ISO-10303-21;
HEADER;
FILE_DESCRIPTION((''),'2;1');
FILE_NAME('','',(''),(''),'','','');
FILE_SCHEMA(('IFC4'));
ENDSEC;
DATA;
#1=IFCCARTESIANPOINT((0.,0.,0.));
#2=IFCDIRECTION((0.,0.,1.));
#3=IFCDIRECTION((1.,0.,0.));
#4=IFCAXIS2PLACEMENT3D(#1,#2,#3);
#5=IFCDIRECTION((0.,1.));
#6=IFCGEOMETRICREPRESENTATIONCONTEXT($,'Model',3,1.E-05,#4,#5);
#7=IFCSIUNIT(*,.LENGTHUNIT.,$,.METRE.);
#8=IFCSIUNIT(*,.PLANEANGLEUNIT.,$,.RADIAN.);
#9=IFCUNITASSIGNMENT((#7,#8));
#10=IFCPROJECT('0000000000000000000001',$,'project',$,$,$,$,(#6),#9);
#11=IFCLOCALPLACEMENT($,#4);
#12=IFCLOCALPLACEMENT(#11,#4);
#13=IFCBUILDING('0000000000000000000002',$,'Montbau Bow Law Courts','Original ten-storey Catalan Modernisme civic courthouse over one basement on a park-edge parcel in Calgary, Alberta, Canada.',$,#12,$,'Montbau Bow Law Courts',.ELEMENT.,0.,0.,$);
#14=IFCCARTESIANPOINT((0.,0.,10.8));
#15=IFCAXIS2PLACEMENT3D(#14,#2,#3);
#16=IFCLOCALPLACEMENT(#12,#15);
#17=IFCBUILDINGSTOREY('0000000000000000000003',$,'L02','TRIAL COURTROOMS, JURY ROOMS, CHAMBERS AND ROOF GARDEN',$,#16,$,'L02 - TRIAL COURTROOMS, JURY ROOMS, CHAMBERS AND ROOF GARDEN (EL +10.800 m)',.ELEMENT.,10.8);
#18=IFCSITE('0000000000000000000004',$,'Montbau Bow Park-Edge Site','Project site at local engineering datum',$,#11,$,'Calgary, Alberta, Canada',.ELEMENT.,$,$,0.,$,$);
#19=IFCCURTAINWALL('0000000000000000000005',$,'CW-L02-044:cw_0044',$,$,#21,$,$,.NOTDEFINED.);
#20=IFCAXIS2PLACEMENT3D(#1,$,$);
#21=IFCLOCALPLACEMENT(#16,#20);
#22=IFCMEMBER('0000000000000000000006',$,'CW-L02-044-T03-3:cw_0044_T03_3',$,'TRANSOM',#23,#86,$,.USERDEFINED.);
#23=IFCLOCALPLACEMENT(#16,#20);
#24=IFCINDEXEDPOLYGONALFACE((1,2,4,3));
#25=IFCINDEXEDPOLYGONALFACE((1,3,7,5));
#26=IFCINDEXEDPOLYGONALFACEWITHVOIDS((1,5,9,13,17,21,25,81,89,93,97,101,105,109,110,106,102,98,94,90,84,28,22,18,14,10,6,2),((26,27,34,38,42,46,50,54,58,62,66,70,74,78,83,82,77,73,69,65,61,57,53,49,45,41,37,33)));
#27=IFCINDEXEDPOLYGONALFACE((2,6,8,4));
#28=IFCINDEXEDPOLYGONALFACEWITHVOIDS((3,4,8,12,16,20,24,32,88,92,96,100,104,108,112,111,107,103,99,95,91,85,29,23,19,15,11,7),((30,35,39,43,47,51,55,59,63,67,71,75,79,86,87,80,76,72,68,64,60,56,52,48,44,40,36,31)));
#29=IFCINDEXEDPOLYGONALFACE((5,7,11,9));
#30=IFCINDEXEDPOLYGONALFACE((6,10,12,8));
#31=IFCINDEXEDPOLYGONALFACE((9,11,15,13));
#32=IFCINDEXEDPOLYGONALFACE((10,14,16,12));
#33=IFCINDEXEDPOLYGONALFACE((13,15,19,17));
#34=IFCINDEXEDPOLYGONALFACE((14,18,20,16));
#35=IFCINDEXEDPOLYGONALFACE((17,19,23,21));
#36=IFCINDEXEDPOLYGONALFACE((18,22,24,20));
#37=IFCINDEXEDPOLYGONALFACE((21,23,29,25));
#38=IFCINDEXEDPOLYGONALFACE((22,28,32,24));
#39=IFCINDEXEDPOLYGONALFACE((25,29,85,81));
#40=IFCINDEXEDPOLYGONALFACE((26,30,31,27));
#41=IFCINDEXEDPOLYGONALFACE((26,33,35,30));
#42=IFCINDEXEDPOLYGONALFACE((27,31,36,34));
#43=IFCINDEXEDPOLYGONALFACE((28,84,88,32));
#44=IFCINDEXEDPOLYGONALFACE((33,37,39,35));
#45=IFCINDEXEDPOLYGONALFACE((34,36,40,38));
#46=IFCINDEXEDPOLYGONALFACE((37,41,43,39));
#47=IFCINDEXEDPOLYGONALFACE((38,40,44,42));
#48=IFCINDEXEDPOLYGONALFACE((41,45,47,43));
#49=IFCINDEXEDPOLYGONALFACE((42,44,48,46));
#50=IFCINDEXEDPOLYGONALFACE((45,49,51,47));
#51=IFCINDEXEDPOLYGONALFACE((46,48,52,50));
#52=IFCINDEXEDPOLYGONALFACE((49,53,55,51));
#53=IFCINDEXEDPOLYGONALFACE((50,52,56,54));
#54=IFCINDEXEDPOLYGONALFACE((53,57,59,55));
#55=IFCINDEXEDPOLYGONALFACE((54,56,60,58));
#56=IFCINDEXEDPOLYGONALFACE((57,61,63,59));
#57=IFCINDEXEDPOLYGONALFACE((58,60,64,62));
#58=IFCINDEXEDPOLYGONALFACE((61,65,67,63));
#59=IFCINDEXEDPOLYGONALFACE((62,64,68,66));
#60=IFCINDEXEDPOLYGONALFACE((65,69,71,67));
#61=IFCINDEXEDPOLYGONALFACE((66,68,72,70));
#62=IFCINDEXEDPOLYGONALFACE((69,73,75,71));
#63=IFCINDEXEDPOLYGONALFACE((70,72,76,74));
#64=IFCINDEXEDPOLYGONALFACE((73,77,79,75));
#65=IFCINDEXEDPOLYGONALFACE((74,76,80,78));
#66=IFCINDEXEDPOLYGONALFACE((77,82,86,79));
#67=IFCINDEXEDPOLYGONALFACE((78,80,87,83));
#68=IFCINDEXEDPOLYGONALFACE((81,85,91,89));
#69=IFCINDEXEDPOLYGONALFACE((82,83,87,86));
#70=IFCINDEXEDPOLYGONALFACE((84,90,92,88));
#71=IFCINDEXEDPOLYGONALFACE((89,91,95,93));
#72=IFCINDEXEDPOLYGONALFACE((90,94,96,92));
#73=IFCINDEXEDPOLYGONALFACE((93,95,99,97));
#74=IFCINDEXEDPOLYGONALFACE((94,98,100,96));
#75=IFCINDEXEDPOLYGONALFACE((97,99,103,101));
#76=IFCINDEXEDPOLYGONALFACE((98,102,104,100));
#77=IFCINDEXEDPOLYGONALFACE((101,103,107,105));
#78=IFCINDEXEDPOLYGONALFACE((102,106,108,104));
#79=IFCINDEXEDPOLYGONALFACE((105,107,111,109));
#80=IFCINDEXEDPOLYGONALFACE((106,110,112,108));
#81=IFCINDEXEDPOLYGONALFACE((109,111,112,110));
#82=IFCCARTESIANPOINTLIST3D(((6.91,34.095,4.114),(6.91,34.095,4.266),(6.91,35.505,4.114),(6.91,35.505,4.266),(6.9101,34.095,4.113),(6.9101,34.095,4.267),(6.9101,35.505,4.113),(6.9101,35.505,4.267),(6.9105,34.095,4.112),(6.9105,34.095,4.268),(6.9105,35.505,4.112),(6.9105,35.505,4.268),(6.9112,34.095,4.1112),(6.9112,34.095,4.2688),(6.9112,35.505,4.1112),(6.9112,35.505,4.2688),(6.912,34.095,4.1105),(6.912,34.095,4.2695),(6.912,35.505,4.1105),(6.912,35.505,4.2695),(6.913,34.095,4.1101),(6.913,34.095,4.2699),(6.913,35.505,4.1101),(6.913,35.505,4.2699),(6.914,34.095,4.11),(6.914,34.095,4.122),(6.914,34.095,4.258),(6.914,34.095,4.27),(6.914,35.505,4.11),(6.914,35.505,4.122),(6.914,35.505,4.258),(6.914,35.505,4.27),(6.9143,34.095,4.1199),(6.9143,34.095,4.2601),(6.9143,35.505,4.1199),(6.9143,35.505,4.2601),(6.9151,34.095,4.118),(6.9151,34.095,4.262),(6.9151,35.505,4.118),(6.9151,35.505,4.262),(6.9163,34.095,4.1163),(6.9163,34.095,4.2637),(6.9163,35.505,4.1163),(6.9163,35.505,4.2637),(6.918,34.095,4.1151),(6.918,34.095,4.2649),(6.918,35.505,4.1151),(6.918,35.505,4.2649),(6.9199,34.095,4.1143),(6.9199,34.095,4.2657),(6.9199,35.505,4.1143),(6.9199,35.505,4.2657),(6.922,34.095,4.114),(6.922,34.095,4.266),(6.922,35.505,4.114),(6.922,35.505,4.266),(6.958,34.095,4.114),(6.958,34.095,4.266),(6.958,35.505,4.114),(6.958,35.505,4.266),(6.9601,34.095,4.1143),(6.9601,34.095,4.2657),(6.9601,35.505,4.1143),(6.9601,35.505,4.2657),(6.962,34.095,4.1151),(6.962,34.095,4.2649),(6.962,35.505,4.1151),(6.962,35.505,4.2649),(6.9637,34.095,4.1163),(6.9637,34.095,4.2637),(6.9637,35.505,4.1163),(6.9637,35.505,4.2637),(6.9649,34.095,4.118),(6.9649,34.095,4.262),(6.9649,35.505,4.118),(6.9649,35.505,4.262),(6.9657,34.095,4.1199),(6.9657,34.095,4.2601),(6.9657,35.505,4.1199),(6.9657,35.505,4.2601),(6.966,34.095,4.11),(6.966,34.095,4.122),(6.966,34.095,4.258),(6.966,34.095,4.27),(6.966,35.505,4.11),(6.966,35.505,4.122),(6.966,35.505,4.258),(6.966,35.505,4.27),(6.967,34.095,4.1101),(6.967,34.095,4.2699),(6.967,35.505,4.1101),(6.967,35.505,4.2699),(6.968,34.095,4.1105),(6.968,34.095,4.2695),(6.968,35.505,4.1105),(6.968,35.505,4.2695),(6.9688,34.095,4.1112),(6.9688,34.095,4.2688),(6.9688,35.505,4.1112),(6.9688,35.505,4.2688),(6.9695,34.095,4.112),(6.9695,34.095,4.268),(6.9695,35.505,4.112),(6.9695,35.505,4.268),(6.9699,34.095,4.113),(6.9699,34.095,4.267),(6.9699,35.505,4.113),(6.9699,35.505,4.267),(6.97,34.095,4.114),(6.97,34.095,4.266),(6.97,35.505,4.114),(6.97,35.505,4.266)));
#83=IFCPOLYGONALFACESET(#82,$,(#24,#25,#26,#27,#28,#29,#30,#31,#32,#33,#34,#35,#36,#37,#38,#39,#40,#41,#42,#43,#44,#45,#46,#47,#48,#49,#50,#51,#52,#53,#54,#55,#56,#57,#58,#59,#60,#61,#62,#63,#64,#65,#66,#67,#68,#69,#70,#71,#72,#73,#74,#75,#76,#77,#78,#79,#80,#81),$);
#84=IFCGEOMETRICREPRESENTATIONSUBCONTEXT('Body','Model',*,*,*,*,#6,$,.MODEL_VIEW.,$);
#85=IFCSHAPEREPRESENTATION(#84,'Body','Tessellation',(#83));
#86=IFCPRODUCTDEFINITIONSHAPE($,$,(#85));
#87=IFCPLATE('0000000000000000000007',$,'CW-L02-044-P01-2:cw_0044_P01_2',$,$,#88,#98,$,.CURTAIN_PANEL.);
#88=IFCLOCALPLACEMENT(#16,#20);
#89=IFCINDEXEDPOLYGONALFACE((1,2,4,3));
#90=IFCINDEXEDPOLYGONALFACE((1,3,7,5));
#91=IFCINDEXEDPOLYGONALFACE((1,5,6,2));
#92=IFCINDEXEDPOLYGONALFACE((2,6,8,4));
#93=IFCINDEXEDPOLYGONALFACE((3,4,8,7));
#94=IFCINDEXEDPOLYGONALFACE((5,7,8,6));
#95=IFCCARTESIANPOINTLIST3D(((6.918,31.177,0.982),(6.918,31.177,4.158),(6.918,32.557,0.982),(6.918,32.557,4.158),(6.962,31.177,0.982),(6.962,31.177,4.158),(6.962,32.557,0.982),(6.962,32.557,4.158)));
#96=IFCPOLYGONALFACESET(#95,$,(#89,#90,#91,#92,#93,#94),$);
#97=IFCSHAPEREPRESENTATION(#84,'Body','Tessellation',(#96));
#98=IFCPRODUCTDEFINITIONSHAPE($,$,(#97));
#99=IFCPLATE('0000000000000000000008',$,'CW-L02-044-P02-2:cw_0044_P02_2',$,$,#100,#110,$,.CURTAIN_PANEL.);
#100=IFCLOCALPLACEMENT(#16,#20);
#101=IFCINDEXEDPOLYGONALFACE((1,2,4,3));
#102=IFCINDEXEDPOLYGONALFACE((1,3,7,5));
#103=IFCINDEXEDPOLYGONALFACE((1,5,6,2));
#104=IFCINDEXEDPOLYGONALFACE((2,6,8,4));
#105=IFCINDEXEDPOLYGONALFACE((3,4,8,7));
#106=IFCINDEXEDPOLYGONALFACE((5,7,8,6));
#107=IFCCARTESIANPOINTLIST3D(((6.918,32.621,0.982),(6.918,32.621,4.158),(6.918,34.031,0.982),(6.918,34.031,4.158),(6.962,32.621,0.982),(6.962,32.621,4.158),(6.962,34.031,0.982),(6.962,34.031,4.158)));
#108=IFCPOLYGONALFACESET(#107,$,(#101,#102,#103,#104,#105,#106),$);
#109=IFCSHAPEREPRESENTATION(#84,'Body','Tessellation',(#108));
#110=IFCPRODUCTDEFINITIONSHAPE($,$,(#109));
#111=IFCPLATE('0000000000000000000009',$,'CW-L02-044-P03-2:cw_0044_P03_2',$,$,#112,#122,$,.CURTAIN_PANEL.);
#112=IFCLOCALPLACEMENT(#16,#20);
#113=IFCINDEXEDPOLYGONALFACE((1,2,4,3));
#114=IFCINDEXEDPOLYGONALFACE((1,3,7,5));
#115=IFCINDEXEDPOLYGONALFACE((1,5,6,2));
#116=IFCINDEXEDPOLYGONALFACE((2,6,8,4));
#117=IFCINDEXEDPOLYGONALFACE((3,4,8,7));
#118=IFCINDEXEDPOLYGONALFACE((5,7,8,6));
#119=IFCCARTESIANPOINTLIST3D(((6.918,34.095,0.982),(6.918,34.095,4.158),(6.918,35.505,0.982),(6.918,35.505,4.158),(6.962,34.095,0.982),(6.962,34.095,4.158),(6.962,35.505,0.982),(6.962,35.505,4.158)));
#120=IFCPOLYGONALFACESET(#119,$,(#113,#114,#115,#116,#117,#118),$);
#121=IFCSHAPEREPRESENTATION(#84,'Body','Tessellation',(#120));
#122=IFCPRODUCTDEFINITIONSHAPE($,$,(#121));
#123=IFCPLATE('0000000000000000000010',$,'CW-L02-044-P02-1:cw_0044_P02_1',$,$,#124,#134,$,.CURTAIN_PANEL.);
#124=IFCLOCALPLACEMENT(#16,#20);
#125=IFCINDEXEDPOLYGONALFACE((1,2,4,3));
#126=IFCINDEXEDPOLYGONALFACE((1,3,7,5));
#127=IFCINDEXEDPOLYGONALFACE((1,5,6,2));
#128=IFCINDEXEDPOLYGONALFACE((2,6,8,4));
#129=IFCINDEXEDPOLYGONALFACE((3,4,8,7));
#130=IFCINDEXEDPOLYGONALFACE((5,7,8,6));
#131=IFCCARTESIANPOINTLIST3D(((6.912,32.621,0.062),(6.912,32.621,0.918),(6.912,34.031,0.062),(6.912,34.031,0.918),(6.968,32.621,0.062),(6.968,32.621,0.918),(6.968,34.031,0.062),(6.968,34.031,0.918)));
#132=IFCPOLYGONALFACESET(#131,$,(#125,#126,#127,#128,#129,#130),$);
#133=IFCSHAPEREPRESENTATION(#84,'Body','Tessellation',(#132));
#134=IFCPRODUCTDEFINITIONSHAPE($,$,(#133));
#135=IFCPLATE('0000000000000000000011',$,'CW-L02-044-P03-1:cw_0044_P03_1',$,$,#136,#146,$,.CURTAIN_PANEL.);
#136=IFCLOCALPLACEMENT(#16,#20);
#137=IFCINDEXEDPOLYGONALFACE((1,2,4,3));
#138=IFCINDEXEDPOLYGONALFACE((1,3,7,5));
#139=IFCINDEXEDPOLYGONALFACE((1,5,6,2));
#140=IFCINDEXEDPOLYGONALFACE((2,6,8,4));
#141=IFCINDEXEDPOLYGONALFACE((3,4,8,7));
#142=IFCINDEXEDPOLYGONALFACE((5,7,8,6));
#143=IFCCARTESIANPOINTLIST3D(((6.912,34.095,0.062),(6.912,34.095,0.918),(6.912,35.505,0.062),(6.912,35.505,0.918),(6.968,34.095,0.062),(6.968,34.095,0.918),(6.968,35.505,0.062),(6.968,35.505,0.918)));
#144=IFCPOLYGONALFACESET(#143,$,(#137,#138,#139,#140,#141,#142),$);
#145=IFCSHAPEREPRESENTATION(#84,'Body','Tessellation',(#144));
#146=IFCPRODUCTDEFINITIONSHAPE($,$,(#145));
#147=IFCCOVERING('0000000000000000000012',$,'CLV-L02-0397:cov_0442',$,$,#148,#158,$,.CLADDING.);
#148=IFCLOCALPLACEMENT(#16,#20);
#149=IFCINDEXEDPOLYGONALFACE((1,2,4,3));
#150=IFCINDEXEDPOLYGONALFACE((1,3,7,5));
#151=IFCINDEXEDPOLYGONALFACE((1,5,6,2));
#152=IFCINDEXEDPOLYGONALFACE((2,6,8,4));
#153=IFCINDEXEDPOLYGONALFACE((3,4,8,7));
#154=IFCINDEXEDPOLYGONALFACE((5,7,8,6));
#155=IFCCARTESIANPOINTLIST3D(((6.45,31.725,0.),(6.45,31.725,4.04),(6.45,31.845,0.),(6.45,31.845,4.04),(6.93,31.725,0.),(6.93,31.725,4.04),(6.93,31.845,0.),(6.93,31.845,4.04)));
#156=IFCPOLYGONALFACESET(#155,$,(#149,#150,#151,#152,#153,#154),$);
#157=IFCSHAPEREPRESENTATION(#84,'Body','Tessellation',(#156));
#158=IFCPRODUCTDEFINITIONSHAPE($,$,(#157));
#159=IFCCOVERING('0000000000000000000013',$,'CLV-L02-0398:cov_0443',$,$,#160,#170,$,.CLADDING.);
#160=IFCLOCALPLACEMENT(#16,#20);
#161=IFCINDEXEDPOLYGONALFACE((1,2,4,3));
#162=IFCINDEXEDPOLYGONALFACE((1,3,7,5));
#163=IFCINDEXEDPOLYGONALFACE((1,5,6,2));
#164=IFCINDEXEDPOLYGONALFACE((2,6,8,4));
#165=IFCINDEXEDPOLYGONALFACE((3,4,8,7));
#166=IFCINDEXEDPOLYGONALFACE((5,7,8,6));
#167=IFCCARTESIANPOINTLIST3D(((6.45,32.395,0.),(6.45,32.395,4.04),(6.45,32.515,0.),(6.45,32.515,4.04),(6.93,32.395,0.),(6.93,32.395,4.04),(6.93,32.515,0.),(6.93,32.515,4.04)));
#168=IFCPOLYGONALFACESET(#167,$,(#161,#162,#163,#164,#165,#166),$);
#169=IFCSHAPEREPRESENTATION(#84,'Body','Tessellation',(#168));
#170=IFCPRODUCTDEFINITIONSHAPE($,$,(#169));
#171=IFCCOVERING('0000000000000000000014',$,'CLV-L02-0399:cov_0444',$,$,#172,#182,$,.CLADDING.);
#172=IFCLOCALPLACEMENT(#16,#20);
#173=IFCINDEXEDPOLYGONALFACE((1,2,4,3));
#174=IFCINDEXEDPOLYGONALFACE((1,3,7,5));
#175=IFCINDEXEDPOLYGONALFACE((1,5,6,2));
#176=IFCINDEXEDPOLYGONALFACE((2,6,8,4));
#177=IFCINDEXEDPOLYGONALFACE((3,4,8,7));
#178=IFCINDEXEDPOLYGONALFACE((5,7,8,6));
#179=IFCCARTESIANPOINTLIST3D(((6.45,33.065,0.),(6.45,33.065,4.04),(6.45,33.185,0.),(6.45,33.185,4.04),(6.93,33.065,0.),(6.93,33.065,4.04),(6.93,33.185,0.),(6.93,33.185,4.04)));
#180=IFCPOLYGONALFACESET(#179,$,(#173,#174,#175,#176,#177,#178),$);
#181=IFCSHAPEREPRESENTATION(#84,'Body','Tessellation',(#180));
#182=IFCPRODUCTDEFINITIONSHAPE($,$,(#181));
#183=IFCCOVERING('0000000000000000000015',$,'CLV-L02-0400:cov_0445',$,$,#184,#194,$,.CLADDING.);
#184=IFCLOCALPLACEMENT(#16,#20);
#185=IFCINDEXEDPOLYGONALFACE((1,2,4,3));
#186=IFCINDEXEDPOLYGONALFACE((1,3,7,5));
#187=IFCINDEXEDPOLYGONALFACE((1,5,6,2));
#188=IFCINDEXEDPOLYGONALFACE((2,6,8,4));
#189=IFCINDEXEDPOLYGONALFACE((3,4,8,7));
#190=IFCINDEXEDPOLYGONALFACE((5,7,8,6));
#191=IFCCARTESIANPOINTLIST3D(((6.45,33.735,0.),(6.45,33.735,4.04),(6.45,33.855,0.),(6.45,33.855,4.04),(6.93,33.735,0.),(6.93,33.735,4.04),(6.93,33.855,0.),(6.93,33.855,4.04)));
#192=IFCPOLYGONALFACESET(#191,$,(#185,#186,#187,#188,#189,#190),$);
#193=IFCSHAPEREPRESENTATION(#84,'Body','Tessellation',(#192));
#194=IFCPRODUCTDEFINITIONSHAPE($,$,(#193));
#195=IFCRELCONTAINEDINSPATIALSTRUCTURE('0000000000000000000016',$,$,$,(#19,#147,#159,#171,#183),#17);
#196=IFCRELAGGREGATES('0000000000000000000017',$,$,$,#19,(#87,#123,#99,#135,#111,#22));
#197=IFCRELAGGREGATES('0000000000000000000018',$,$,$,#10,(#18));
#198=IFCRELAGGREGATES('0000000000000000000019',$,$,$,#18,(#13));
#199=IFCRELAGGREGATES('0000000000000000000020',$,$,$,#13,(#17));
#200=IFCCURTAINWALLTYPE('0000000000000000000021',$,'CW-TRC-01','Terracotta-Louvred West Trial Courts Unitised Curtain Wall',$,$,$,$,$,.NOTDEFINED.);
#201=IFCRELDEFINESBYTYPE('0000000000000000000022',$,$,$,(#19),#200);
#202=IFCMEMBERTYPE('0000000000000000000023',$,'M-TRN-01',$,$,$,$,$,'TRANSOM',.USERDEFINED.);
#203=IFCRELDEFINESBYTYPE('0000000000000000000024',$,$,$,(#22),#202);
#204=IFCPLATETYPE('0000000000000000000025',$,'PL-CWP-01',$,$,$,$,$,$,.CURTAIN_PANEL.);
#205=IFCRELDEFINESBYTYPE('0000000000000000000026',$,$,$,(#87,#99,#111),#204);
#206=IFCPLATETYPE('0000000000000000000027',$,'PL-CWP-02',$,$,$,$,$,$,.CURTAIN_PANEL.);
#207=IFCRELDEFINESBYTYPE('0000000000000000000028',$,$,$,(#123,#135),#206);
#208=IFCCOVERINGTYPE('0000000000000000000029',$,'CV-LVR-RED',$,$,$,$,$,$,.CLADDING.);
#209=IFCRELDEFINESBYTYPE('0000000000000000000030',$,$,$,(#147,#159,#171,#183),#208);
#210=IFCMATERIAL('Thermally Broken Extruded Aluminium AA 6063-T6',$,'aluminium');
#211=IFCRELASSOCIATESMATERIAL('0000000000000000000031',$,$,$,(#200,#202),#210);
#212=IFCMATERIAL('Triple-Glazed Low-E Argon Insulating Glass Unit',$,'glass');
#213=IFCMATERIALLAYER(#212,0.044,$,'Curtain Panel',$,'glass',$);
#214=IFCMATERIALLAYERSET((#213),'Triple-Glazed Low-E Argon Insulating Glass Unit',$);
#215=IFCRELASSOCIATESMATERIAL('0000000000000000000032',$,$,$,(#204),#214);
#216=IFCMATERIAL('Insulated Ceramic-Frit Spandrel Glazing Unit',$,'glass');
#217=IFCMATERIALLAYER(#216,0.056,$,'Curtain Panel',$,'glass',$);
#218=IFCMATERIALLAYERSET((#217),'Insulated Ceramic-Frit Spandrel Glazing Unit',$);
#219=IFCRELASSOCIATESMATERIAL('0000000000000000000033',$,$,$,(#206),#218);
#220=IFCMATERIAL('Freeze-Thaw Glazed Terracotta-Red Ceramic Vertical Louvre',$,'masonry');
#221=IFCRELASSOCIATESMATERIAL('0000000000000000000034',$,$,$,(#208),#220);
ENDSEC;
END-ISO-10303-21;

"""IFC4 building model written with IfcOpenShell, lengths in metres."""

from ifc_helpers import new_model, si_unit, direction, frame, frame_2d, origin_with_axes, origin_2d_with_axis, place, context, subcontext, project, spatial, rectangle, hollow_rectangle, extrude, material, layer, layer_set, material_profile, profile_set, type_object, element, aggregate, save


model = new_model("IFC4")

# Units and contexts
model_context = context("Model", 3, precision=1e-05, world=origin_with_axes(), true_north=direction((0.0, 1.0)))
body_context = subcontext(model_context, "Body", "Model", "MODEL_VIEW")
ifc_project = project(units=[si_unit("LENGTHUNIT", "METRE"), si_unit("PLANEANGLEUNIT", "RADIAN")], contexts=[model_context])

# Site, building, storey
site_placement = place(None, origin_with_axes())
site = spatial("IfcSite", under=ifc_project, at=site_placement, Name="Montbau Bow Park-Edge Site", Description="Project site at local engineering datum", LongName="Calgary, Alberta, Canada", CompositionType="ELEMENT", RefElevation=0.0)
building_placement = place(site_placement, origin_with_axes())
building = spatial("IfcBuilding", under=site, at=building_placement, Name="Montbau Bow Law Courts", Description="Original ten-storey Catalan Modernisme civic courthouse over one basement on a park-edge parcel in Calgary, Alberta, Canada.", LongName="Montbau Bow Law Courts", CompositionType="ELEMENT", ElevationOfRefHeight=0.0, ElevationOfTerrain=0.0)
storey_placement = place(building_placement, frame((0.0, 0.0, 10.8), z_axis=(0.0, 0.0, 1.0), x_axis=(1.0, 0.0, 0.0)))
storey = spatial("IfcBuildingStorey", under=building, at=storey_placement, Name="L02", Description="TRIAL COURTROOMS, JURY ROOMS, CHAMBERS AND ROOF GARDEN", LongName="L02 - TRIAL COURTROOMS, JURY ROOMS, CHAMBERS AND ROOF GARDEN (EL +10.800 m)", CompositionType="ELEMENT", Elevation=10.8)

# Curtain wall, member, plates
ifc_material_1 = material(Name="Thermally Broken Extruded Aluminium AA 6063-T6", Category="aluminium")
curtain_wall_type = type_object("IfcCurtainWallType", Name="CW-TRC-01", Description="Terracotta-Louvred West Trial Courts Unitised Curtain Wall", PredefinedType="NOTDEFINED", material=ifc_material_1)
curtain_wall_placement = place(None, frame((6.94, 31.115, 10.8), z_axis=(0.0, 0.0, 1.0), x_axis=(1.0, 0.0, 0.0)))
curtain_wall = element("IfcCurtainWall", 1, at=curtain_wall_placement, inside=storey, type_object=curtain_wall_type, Name="CW-L02-044:cw_0044", PredefinedType="NOTDEFINED")
ifc_material_profile_1 = material_profile(ifc_material_1, hollow_rectangle(XDim=0.06, YDim=0.16, WallThickness=0.004, InnerFilletRadius=0.008, OuterFilletRadius=0.004, at=origin_2d_with_axis()), Name="CWT-160X60", Category="Main", Priority=0)
ifc_profile_set_1 = profile_set([ifc_material_profile_1], Name="Thermally Broken Extruded Aluminium AA 6063-T6")
member_type_1 = type_object("IfcMemberType", Name="M-TRN-01", ElementType="TRANSOM", PredefinedType="USERDEFINED", material=ifc_profile_set_1)
member_1_placement = place(None, frame((6.94, 34.095, 14.99), z_axis=(0.0, 1.0, 0.0), x_axis=(-1.0, 0.0, 0.0)))
member_1 = element("IfcMember", 2, at=member_1_placement, type_object=member_type_1, Name="CW-L02-044-T03-3:cw_0044_T03_3", ObjectType="TRANSOM", PredefinedType="USERDEFINED", context=body_context, shape_type="SweptSolid", body=[
    extrude(hollow_rectangle(XDim=0.06, YDim=0.16, WallThickness=0.004, InnerFilletRadius=0.008, OuterFilletRadius=0.004, at=origin_2d_with_axis()), origin_with_axes(), (0.0, 0.0, 1.0), 1.41),
])
ifc_material_2 = material(Name="Triple-Glazed Low-E Argon Insulating Glass Unit", Category="glass")
ifc_layer_1 = layer(ifc_material_2, 0.044, Name="Curtain Panel", Category="glass")
ifc_layer_set_1 = layer_set([ifc_layer_1], Name="Triple-Glazed Low-E Argon Insulating Glass Unit")
plate_type_1 = type_object("IfcPlateType", Name="PL-CWP-01", PredefinedType="CURTAIN_PANEL", material=ifc_layer_set_1)
plate_1_placement = place(None, frame((6.94, 31.177, 11.782), z_axis=(1.0, 0.0, 0.0), x_axis=(0.0, 1.0, 0.0)))
plate_1 = element("IfcPlate", 3, at=plate_1_placement, type_object=plate_type_1, Name="CW-L02-044-P01-2:cw_0044_P01_2", PredefinedType="CURTAIN_PANEL", context=body_context, shape_type="SweptSolid", body=[
    extrude(rectangle(XDim=1.38, YDim=3.176, at=frame_2d((0.69, 1.588), x_axis=(1.0, 0.0))), frame((0.0, 0.0, -0.022), z_axis=(0.0, 0.0, 1.0), x_axis=(1.0, 0.0, 0.0)), (0.0, 0.0, 1.0), 0.044),
])
plate_2_placement = place(None, frame((6.94, 32.621, 11.782), z_axis=(1.0, 0.0, 0.0), x_axis=(0.0, 1.0, 0.0)))
plate_2 = element("IfcPlate", 4, at=plate_2_placement, type_object=plate_type_1, Name="CW-L02-044-P02-2:cw_0044_P02_2", PredefinedType="CURTAIN_PANEL", context=body_context, shape_type="SweptSolid", body=[
    extrude(rectangle(XDim=1.41, YDim=3.176, at=frame_2d((0.705, 1.588), x_axis=(1.0, 0.0))), frame((0.0, 0.0, -0.022), z_axis=(0.0, 0.0, 1.0), x_axis=(1.0, 0.0, 0.0)), (0.0, 0.0, 1.0), 0.044),
])
plate_3_placement = place(None, frame((6.94, 34.095, 11.782), z_axis=(1.0, 0.0, 0.0), x_axis=(0.0, 1.0, 0.0)))
plate_3 = element("IfcPlate", 5, at=plate_3_placement, type_object=plate_type_1, Name="CW-L02-044-P03-2:cw_0044_P03_2", PredefinedType="CURTAIN_PANEL", context=body_context, shape_type="SweptSolid", body=[
    extrude(rectangle(XDim=1.41, YDim=3.176, at=frame_2d((0.705, 1.588), x_axis=(1.0, 0.0))), frame((0.0, 0.0, -0.022), z_axis=(0.0, 0.0, 1.0), x_axis=(1.0, 0.0, 0.0)), (0.0, 0.0, 1.0), 0.044),
])
ifc_material_3 = material(Name="Insulated Ceramic-Frit Spandrel Glazing Unit", Category="glass")
ifc_layer_2 = layer(ifc_material_3, 0.056, Name="Curtain Panel", Category="glass")
ifc_layer_set_2 = layer_set([ifc_layer_2], Name="Insulated Ceramic-Frit Spandrel Glazing Unit")
plate_type_2 = type_object("IfcPlateType", Name="PL-CWP-02", PredefinedType="CURTAIN_PANEL", material=ifc_layer_set_2)
plate_4_placement = place(None, frame((6.94, 32.621, 10.862), z_axis=(1.0, 0.0, 0.0), x_axis=(0.0, 1.0, 0.0)))
plate_4 = element("IfcPlate", 6, at=plate_4_placement, type_object=plate_type_2, Name="CW-L02-044-P02-1:cw_0044_P02_1", PredefinedType="CURTAIN_PANEL", context=body_context, shape_type="SweptSolid", body=[
    extrude(rectangle(XDim=1.41, YDim=0.856, at=frame_2d((0.705, 0.428), x_axis=(1.0, 0.0))), frame((0.0, 0.0, -0.028), z_axis=(0.0, 0.0, 1.0), x_axis=(1.0, 0.0, 0.0)), (0.0, 0.0, 1.0), 0.056),
])
plate_5_placement = place(None, frame((6.94, 34.095, 10.862), z_axis=(1.0, 0.0, 0.0), x_axis=(0.0, 1.0, 0.0)))
plate_5 = element("IfcPlate", 7, at=plate_5_placement, type_object=plate_type_2, Name="CW-L02-044-P03-1:cw_0044_P03_1", PredefinedType="CURTAIN_PANEL", context=body_context, shape_type="SweptSolid", body=[
    extrude(rectangle(XDim=1.41, YDim=0.856, at=frame_2d((0.705, 0.428), x_axis=(1.0, 0.0))), frame((0.0, 0.0, -0.028), z_axis=(0.0, 0.0, 1.0), x_axis=(1.0, 0.0, 0.0)), (0.0, 0.0, 1.0), 0.056),
])
aggregate(curtain_wall, [plate_1, plate_4, plate_2, plate_5, plate_3, member_1])

# Coverings
ifc_material_4 = material(Name="Freeze-Thaw Glazed Terracotta-Red Ceramic Vertical Louvre", Category="masonry")
covering_type = type_object("IfcCoveringType", Name="CV-LVR-RED", PredefinedType="CLADDING", material=ifc_material_4)
for number, where, z_axis, x_axis, name in (
    (8, (6.93, 31.785, 10.8), (0.0, 1.0, 0.0), (-1.0, 0.0, 0.0), "CLV-L02-0397:cov_0442"),
    (9, (6.93, 32.455, 10.8), (0.0, 1.0, 0.0), (-1.0, 0.0, 0.0), "CLV-L02-0398:cov_0443"),
    (10, (6.93, 33.125, 10.8), (0.0, 1.0, 0.0), (-1.0, 0.0, 0.0), "CLV-L02-0399:cov_0444"),
    (11, (6.93, 33.795, 10.8), (0.0, 1.0, 0.0), (-1.0, 0.0, 0.0), "CLV-L02-0400:cov_0445"),
):
    element("IfcCovering", number, at=place(None, frame(where, z_axis=z_axis, x_axis=x_axis)), inside=storey, type_object=covering_type, Name=name, PredefinedType="CLADDING", context=body_context, shape_type="SweptSolid", body=[
        extrude(rectangle(XDim=0.48, YDim=4.04, at=frame_2d((0.24, 2.02), x_axis=(1.0, 0.0))), frame((0.0, 0.0, -0.06), z_axis=(0.0, 0.0, 1.0), x_axis=(1.0, 0.0, 0.0)), (0.0, 0.0, 1.0), 0.12),
    ])

save(model, "model.ifc")
